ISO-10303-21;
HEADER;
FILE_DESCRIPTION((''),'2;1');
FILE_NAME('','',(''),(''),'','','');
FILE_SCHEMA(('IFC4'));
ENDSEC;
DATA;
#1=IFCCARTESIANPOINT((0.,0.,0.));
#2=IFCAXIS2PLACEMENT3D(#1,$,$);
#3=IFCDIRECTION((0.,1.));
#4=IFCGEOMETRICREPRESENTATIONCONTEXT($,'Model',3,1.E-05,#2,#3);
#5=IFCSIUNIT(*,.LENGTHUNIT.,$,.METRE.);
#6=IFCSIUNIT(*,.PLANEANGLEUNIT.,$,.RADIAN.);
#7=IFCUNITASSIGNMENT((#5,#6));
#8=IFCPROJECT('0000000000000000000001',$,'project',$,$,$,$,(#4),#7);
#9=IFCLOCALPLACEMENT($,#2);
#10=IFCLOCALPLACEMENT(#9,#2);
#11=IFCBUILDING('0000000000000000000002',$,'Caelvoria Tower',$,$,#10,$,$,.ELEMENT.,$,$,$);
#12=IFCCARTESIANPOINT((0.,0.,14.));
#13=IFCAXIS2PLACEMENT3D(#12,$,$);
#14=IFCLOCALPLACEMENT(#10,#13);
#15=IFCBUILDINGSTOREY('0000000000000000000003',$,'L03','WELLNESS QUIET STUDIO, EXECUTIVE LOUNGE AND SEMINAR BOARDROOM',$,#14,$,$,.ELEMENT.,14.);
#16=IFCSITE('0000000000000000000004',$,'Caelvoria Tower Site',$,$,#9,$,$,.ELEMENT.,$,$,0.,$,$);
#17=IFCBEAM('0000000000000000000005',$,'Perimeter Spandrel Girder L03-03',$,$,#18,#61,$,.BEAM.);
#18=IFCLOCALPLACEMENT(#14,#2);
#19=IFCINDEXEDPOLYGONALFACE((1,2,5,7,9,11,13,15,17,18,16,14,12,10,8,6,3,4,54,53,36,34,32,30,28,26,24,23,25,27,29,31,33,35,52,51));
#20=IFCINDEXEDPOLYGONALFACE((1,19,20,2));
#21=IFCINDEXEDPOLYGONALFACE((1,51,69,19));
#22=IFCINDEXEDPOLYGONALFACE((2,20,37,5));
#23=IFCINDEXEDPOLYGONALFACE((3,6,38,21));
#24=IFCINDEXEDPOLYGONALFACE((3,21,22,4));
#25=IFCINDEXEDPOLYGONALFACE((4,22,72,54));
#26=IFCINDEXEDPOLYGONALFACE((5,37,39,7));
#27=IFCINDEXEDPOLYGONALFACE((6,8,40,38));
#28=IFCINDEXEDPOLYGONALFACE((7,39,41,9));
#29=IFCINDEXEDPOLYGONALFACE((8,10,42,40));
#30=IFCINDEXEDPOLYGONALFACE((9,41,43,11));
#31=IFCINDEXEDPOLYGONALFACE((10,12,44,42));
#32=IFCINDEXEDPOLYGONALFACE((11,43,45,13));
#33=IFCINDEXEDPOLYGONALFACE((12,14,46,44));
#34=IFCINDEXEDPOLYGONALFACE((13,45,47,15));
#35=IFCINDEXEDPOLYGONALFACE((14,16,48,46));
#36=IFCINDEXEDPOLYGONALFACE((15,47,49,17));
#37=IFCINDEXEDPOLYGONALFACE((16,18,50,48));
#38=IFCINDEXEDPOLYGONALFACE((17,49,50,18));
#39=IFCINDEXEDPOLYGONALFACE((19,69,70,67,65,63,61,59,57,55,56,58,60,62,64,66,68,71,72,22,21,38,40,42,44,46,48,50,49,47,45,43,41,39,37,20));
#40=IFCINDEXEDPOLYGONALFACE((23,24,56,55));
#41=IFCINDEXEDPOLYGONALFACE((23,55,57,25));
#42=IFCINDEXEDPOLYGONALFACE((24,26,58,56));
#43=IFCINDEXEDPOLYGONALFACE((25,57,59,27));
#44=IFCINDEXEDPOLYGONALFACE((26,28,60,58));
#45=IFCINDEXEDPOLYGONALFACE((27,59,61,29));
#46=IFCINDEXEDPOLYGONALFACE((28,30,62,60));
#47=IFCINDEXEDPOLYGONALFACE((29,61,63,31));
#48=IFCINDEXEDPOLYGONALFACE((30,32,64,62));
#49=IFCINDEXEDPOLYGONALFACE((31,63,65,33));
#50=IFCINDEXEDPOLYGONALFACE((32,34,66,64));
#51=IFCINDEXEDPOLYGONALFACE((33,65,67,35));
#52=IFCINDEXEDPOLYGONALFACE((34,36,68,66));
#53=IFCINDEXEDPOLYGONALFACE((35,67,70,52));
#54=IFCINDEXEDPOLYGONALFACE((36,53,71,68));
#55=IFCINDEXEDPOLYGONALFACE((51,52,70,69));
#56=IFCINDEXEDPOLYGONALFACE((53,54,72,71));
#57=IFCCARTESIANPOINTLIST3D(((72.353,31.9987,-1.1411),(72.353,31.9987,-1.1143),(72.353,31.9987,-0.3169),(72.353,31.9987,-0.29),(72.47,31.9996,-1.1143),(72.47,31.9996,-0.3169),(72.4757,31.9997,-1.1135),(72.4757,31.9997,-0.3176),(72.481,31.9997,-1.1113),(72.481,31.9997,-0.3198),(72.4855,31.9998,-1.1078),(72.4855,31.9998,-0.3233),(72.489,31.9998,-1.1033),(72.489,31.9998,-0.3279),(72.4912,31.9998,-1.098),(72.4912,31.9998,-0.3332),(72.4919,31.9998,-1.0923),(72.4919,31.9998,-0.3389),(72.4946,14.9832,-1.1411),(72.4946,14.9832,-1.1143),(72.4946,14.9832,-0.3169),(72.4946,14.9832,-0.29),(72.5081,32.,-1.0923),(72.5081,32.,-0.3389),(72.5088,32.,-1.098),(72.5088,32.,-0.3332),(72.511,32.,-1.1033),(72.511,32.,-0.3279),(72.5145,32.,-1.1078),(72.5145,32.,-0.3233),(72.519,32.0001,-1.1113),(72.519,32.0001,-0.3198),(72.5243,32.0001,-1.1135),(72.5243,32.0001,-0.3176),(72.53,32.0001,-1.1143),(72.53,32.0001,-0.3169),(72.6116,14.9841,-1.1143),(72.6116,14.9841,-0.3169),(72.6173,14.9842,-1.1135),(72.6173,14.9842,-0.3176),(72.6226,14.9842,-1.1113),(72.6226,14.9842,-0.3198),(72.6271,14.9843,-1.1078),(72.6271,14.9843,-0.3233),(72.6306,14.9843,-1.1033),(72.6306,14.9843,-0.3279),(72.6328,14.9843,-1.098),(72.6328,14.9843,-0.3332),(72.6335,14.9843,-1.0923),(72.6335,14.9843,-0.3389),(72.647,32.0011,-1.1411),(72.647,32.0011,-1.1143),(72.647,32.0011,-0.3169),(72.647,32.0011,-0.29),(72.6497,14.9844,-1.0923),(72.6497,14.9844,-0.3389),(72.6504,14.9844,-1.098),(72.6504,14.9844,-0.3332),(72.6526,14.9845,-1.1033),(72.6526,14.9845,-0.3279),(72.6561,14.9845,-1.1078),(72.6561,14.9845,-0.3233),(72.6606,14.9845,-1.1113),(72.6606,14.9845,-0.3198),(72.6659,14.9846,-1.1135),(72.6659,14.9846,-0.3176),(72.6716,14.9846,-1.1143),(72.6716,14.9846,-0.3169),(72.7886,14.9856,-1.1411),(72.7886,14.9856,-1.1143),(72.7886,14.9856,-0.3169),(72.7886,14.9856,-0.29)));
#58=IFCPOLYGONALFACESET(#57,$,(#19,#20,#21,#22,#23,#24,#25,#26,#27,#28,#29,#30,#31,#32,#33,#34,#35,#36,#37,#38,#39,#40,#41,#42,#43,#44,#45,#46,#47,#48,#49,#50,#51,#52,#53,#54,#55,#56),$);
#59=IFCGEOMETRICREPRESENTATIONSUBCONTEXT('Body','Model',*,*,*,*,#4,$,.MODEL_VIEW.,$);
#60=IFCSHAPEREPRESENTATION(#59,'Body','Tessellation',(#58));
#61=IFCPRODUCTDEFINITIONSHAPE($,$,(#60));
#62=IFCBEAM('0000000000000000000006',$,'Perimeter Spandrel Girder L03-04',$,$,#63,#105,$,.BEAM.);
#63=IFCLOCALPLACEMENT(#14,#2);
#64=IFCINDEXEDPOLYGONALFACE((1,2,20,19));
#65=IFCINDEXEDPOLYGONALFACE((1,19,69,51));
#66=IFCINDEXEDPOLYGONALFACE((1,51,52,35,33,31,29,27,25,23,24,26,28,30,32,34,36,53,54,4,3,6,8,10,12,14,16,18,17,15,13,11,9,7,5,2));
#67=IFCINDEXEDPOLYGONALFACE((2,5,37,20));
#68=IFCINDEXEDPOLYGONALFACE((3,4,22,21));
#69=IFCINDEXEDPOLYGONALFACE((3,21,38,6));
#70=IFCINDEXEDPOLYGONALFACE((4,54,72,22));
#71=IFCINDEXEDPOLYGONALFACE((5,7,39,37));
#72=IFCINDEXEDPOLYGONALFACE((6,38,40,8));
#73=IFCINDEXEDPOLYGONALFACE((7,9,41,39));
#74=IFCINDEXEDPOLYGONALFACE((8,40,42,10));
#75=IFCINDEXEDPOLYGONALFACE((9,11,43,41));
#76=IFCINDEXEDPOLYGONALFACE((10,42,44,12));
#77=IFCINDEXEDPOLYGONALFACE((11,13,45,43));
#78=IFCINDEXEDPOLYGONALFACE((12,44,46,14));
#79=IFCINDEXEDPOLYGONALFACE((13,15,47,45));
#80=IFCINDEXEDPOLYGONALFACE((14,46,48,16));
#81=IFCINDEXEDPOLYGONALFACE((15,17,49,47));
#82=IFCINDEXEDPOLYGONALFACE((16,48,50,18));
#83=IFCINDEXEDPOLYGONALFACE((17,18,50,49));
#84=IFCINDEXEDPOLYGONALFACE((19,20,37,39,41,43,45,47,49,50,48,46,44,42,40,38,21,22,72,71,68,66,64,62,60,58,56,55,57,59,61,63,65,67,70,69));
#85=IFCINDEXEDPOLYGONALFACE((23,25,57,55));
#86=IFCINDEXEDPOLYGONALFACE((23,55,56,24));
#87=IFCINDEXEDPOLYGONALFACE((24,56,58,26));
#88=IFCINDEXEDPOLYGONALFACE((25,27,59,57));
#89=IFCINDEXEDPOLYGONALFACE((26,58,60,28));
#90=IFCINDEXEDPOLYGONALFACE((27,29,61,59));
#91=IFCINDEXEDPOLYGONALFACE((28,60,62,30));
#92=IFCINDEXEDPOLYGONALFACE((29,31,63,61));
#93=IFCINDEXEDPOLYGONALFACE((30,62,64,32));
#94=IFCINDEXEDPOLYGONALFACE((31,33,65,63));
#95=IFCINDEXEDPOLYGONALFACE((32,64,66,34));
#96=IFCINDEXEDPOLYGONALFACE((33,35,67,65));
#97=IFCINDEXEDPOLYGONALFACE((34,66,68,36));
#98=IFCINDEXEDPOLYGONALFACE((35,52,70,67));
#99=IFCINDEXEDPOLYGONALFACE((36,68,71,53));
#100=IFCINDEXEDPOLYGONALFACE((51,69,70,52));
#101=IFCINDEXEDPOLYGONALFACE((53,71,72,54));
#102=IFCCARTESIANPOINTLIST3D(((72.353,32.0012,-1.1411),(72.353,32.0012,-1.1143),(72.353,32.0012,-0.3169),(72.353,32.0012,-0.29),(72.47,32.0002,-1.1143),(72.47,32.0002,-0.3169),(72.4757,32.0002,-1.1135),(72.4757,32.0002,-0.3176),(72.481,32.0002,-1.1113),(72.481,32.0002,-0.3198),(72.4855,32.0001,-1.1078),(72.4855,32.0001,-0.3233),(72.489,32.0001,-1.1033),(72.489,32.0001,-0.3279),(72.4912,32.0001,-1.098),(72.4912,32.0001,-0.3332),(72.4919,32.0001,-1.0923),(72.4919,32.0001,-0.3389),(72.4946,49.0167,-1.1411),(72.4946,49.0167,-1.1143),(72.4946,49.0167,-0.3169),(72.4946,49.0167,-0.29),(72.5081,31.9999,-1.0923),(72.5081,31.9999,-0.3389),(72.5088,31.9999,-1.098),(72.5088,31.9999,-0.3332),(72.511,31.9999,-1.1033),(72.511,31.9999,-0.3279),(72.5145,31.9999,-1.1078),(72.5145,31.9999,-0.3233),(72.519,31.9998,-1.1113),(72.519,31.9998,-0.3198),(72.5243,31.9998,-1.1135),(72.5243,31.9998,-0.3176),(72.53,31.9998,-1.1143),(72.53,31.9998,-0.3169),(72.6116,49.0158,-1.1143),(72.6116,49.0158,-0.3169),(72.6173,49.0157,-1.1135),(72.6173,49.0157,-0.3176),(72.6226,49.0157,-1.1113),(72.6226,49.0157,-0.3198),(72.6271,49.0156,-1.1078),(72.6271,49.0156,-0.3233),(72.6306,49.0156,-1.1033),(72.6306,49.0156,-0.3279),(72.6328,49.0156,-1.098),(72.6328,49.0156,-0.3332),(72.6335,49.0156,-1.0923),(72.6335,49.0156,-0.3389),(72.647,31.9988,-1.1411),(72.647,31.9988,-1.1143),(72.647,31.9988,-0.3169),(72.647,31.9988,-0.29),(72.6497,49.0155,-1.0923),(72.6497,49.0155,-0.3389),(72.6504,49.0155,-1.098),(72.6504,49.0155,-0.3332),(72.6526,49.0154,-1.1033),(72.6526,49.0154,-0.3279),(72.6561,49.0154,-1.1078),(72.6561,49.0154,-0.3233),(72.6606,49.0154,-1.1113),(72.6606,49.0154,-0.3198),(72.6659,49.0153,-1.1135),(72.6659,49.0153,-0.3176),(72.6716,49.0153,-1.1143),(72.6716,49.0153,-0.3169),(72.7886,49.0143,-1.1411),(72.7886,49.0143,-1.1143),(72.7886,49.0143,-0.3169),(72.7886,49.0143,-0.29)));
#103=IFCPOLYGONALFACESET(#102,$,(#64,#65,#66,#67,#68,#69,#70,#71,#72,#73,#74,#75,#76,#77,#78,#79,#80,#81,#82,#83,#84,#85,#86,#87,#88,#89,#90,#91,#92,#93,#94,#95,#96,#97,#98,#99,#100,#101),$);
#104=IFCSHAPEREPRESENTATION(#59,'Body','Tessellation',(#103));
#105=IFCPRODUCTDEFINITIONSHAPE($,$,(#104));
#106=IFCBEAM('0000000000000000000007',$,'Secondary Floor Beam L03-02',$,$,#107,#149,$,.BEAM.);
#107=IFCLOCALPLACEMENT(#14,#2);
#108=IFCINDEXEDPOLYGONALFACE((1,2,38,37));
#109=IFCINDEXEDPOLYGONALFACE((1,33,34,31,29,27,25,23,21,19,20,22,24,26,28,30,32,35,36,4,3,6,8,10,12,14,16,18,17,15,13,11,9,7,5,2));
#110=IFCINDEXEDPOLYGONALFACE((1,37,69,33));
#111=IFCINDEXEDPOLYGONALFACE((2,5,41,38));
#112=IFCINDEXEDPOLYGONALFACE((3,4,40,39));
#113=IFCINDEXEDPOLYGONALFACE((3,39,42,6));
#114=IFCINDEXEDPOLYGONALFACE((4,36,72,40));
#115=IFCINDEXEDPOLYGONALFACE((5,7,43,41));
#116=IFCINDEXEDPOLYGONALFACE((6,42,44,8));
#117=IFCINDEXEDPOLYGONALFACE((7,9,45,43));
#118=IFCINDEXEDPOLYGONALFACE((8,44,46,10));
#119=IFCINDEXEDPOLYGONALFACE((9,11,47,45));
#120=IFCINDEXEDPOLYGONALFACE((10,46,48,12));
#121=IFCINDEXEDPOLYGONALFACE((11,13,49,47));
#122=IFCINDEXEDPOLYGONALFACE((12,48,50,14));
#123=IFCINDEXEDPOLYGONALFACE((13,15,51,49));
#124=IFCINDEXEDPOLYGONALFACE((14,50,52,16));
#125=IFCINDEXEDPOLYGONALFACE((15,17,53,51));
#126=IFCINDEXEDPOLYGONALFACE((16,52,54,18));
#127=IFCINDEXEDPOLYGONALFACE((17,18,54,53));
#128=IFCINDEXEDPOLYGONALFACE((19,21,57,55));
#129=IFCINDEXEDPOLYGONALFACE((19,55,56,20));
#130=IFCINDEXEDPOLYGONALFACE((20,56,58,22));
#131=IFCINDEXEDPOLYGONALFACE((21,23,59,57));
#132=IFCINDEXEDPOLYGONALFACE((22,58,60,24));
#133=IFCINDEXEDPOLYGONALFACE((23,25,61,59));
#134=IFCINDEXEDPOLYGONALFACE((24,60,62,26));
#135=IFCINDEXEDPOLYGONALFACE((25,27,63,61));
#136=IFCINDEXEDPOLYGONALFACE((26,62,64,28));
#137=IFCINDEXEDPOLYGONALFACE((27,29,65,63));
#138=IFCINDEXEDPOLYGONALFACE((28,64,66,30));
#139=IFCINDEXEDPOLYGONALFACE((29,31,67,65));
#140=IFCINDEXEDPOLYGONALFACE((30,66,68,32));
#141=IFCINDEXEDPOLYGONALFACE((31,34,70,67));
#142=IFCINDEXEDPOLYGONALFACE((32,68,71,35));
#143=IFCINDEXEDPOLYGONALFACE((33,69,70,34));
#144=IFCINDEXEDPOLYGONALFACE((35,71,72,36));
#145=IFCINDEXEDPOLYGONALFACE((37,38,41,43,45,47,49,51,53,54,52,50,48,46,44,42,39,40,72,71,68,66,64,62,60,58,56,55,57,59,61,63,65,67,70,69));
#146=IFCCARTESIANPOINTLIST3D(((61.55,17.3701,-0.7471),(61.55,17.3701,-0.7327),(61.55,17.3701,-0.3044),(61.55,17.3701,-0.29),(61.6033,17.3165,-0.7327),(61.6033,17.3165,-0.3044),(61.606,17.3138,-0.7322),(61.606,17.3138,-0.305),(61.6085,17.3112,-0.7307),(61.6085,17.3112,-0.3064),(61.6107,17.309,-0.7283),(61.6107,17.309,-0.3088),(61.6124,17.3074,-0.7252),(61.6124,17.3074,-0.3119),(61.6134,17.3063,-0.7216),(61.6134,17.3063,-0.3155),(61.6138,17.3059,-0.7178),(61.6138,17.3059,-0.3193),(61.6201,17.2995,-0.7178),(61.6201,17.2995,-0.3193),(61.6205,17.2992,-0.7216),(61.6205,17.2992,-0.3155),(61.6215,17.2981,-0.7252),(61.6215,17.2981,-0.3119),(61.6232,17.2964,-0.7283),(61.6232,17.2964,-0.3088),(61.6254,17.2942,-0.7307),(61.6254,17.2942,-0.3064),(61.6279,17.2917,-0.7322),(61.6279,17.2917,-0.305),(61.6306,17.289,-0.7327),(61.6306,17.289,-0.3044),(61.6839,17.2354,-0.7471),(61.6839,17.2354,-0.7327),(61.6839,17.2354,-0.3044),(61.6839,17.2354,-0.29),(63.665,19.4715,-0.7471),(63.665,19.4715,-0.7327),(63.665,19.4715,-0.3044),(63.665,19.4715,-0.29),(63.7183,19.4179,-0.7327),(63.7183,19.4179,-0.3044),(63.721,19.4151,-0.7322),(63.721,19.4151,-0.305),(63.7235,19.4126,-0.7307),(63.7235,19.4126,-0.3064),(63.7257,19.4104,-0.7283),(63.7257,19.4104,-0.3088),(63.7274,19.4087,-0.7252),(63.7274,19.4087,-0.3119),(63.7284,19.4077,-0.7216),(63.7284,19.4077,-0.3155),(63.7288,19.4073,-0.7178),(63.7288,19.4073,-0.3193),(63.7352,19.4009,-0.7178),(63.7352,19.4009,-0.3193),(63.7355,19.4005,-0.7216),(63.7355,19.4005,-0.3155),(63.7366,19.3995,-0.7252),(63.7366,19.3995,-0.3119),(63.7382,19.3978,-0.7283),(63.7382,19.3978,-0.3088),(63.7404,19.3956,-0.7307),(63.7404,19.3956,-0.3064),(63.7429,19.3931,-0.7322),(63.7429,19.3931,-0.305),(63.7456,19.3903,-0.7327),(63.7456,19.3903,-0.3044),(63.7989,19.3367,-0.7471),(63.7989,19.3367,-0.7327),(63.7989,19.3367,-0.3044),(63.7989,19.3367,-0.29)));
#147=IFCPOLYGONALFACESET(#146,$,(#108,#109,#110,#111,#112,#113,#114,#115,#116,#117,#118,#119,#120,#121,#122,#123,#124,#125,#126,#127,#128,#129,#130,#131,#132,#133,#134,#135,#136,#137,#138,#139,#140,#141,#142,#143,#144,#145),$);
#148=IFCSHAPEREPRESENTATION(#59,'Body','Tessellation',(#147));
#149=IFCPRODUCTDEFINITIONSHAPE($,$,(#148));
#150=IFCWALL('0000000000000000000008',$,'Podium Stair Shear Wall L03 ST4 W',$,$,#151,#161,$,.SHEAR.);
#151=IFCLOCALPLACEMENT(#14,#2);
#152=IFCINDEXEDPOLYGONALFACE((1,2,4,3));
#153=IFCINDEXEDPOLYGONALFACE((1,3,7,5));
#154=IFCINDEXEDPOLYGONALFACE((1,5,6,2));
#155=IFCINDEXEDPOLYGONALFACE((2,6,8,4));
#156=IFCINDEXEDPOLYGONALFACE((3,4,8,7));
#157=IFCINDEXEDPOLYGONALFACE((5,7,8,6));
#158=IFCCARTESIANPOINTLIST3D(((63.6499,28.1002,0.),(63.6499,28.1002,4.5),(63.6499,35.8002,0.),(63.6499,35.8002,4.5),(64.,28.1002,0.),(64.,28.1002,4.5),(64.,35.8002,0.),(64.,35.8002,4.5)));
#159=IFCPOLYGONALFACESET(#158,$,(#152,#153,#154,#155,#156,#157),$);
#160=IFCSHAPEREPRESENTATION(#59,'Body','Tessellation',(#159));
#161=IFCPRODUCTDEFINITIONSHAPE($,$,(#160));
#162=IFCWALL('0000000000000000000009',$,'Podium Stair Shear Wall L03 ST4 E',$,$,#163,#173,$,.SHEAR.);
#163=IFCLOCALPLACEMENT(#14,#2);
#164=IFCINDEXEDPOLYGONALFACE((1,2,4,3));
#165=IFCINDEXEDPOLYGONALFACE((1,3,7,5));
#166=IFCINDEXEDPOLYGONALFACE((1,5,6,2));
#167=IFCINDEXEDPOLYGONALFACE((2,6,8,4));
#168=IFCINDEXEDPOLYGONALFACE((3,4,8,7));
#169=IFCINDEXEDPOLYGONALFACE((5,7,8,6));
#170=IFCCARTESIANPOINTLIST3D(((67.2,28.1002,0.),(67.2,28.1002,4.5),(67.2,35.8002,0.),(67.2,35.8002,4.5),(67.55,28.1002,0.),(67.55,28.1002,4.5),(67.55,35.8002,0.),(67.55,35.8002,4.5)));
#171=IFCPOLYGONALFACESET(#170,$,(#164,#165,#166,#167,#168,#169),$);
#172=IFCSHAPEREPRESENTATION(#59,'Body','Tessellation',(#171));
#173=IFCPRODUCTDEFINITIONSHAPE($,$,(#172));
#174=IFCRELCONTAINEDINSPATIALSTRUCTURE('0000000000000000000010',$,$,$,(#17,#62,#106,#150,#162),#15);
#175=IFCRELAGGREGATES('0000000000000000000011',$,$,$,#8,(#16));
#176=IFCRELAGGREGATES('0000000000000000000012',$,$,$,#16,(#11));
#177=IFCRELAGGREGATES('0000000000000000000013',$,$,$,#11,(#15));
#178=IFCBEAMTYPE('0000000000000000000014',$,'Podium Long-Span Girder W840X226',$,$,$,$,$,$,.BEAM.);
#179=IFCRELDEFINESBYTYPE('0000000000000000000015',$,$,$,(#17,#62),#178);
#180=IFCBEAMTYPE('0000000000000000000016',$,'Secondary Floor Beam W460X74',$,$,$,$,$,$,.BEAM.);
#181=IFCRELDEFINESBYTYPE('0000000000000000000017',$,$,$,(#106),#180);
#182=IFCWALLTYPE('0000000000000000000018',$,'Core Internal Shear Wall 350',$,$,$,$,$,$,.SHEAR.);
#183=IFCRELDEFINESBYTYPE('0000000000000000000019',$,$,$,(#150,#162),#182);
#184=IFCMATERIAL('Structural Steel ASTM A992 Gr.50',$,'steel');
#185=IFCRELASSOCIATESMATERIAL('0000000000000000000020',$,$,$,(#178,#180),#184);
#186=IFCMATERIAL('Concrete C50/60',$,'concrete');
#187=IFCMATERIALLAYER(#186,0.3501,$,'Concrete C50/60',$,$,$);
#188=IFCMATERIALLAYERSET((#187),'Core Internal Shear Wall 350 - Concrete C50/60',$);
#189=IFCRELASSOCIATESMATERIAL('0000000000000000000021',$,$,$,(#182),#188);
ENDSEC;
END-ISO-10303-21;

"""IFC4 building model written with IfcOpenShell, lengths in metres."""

from ifc_helpers import new_model, si_unit, direction, frame, frame_2d, origin, origin_2d, place, context, subcontext, project, spatial, rectangle, i_section, extrude, material, layer, layer_set, material_profile, profile_set, type_object, element, save


model = new_model("IFC4")

# Units and contexts
model_context = context("Model", 3, precision=1e-05, world=origin(), true_north=direction((0.0, 1.0)))
body_context = subcontext(model_context, "Body", "Model", "MODEL_VIEW")
ifc_project = project(units=[si_unit("LENGTHUNIT", "METRE"), si_unit("PLANEANGLEUNIT", "RADIAN")], contexts=[model_context])

# Site, building, storey
site_placement = place(None, origin())
site = spatial("IfcSite", under=ifc_project, at=site_placement, Name="Caelvoria Tower Site", CompositionType="ELEMENT", RefElevation=0.0)
building_placement = place(site_placement, origin())
building = spatial("IfcBuilding", under=site, at=building_placement, Name="Caelvoria Tower", CompositionType="ELEMENT")
storey_placement = place(building_placement, frame((0.0, 0.0, 14.0)))
storey = spatial("IfcBuildingStorey", under=building, at=storey_placement, Name="L03", Description="WELLNESS QUIET STUDIO, EXECUTIVE LOUNGE AND SEMINAR BOARDROOM", CompositionType="ELEMENT", Elevation=14.0)

# Beams
ifc_material_1 = material(Name="Structural Steel ASTM A992 Gr.50", Category="steel")
ifc_material_profile_1 = material_profile(ifc_material_1, i_section(OverallWidth=0.2939, OverallDepth=0.8511, WebThickness=0.0161, FlangeThickness=0.0269, FilletRadius=0.022, at=origin_2d()), Name="Structural Steel ASTM A992 Gr.50")
ifc_profile_set_1 = profile_set([ifc_material_profile_1], Name="W840X226 - Structural Steel ASTM A992 Gr.50")
beam_type_1 = type_object("IfcBeamType", Name="Podium Long-Span Girder W840X226", PredefinedType="BEAM", material=ifc_profile_set_1)
for number, where, z_axis, x_axis, name in (
    (1, (72.6416, 14.9844, -0.7156), (-0.008322, 0.999965, 0.0), (-0.999965, -0.008322, 0.0), "Perimeter Spandrel Girder L03-03"),
    (2, (72.5, 32.0, -0.7156), (0.008322, 0.999965, 0.0), (-0.999965, 0.008322, 0.0), "Perimeter Spandrel Girder L03-04"),
):
    element("IfcBeam", number, at=place(storey_placement, frame(where, z_axis=z_axis, x_axis=x_axis)), inside=storey, type_object=beam_type_1, Name=name, PredefinedType="BEAM", context=body_context, shape_type="SweptSolid", body=[
        extrude(i_section(OverallWidth=0.2939, OverallDepth=0.8511, WebThickness=0.0161, FlangeThickness=0.0269, FilletRadius=0.022, at=origin_2d()), origin(), (0.0, 0.0, 1.0), 17.0161),
    ])
ifc_material_profile_2 = material_profile(ifc_material_1, i_section(OverallWidth=0.1899, OverallDepth=0.457, WebThickness=0.009, FlangeThickness=0.0144, FilletRadius=0.0149, at=origin_2d()), Name="Structural Steel ASTM A992 Gr.50")
ifc_profile_set_2 = profile_set([ifc_material_profile_2], Name="W460X74 - Structural Steel ASTM A992 Gr.50")
beam_type_2 = type_object("IfcBeamType", Name="Secondary Floor Beam W460X74", PredefinedType="BEAM", material=ifc_profile_set_2)
beam_1_placement = place(storey_placement, frame((61.6169, 17.3027, -0.5186), z_axis=(0.709396, 0.70481, 0.0), x_axis=(-0.70481, 0.709396, 0.0)))
element("IfcBeam", 3, at=beam_1_placement, inside=storey, type_object=beam_type_2, Name="Secondary Floor Beam L03-02", PredefinedType="BEAM", context=body_context, shape_type="SweptSolid", body=[
    extrude(i_section(OverallWidth=0.1899, OverallDepth=0.457, WebThickness=0.009, FlangeThickness=0.0144, FilletRadius=0.0149, at=origin_2d()), origin(), (0.0, 0.0, 1.0), 2.9814),
])

# Shared definitions
ifc_material_2 = material(Name="Concrete C50/60", Category="concrete")
ifc_layer_1 = layer(ifc_material_2, 0.3501, Name="Concrete C50/60")
ifc_layer_set_1 = layer_set([ifc_layer_1], Name="Core Internal Shear Wall 350 - Concrete C50/60")
wall_type_1 = type_object("IfcWallType", Name="Core Internal Shear Wall 350", PredefinedType="SHEAR", material=ifc_layer_set_1)

# Walls
for number, where, z_axis, x_axis, name in (
    (4, (63.825, 28.1001, 0.0), (0.0, 0.0, 1.0), (0.0, 1.0, 0.0), "Podium Stair Shear Wall L03 ST4 W"),
    (5, (67.375, 28.1001, 0.0), (0.0, 0.0, 1.0), (0.0, 1.0, 0.0), "Podium Stair Shear Wall L03 ST4 E"),
):
    element("IfcWall", number, at=place(storey_placement, frame(where, z_axis=z_axis, x_axis=x_axis)), inside=storey, type_object=wall_type_1, Name=name, PredefinedType="SHEAR", context=body_context, shape_type="SweptSolid", body=[
        extrude(rectangle(XDim=7.7, YDim=0.3501, at=frame_2d((3.8501, 0.0))), origin(), (0.0, 0.0, 1.0), 4.5),
    ])

save(model, "model.ifc")
